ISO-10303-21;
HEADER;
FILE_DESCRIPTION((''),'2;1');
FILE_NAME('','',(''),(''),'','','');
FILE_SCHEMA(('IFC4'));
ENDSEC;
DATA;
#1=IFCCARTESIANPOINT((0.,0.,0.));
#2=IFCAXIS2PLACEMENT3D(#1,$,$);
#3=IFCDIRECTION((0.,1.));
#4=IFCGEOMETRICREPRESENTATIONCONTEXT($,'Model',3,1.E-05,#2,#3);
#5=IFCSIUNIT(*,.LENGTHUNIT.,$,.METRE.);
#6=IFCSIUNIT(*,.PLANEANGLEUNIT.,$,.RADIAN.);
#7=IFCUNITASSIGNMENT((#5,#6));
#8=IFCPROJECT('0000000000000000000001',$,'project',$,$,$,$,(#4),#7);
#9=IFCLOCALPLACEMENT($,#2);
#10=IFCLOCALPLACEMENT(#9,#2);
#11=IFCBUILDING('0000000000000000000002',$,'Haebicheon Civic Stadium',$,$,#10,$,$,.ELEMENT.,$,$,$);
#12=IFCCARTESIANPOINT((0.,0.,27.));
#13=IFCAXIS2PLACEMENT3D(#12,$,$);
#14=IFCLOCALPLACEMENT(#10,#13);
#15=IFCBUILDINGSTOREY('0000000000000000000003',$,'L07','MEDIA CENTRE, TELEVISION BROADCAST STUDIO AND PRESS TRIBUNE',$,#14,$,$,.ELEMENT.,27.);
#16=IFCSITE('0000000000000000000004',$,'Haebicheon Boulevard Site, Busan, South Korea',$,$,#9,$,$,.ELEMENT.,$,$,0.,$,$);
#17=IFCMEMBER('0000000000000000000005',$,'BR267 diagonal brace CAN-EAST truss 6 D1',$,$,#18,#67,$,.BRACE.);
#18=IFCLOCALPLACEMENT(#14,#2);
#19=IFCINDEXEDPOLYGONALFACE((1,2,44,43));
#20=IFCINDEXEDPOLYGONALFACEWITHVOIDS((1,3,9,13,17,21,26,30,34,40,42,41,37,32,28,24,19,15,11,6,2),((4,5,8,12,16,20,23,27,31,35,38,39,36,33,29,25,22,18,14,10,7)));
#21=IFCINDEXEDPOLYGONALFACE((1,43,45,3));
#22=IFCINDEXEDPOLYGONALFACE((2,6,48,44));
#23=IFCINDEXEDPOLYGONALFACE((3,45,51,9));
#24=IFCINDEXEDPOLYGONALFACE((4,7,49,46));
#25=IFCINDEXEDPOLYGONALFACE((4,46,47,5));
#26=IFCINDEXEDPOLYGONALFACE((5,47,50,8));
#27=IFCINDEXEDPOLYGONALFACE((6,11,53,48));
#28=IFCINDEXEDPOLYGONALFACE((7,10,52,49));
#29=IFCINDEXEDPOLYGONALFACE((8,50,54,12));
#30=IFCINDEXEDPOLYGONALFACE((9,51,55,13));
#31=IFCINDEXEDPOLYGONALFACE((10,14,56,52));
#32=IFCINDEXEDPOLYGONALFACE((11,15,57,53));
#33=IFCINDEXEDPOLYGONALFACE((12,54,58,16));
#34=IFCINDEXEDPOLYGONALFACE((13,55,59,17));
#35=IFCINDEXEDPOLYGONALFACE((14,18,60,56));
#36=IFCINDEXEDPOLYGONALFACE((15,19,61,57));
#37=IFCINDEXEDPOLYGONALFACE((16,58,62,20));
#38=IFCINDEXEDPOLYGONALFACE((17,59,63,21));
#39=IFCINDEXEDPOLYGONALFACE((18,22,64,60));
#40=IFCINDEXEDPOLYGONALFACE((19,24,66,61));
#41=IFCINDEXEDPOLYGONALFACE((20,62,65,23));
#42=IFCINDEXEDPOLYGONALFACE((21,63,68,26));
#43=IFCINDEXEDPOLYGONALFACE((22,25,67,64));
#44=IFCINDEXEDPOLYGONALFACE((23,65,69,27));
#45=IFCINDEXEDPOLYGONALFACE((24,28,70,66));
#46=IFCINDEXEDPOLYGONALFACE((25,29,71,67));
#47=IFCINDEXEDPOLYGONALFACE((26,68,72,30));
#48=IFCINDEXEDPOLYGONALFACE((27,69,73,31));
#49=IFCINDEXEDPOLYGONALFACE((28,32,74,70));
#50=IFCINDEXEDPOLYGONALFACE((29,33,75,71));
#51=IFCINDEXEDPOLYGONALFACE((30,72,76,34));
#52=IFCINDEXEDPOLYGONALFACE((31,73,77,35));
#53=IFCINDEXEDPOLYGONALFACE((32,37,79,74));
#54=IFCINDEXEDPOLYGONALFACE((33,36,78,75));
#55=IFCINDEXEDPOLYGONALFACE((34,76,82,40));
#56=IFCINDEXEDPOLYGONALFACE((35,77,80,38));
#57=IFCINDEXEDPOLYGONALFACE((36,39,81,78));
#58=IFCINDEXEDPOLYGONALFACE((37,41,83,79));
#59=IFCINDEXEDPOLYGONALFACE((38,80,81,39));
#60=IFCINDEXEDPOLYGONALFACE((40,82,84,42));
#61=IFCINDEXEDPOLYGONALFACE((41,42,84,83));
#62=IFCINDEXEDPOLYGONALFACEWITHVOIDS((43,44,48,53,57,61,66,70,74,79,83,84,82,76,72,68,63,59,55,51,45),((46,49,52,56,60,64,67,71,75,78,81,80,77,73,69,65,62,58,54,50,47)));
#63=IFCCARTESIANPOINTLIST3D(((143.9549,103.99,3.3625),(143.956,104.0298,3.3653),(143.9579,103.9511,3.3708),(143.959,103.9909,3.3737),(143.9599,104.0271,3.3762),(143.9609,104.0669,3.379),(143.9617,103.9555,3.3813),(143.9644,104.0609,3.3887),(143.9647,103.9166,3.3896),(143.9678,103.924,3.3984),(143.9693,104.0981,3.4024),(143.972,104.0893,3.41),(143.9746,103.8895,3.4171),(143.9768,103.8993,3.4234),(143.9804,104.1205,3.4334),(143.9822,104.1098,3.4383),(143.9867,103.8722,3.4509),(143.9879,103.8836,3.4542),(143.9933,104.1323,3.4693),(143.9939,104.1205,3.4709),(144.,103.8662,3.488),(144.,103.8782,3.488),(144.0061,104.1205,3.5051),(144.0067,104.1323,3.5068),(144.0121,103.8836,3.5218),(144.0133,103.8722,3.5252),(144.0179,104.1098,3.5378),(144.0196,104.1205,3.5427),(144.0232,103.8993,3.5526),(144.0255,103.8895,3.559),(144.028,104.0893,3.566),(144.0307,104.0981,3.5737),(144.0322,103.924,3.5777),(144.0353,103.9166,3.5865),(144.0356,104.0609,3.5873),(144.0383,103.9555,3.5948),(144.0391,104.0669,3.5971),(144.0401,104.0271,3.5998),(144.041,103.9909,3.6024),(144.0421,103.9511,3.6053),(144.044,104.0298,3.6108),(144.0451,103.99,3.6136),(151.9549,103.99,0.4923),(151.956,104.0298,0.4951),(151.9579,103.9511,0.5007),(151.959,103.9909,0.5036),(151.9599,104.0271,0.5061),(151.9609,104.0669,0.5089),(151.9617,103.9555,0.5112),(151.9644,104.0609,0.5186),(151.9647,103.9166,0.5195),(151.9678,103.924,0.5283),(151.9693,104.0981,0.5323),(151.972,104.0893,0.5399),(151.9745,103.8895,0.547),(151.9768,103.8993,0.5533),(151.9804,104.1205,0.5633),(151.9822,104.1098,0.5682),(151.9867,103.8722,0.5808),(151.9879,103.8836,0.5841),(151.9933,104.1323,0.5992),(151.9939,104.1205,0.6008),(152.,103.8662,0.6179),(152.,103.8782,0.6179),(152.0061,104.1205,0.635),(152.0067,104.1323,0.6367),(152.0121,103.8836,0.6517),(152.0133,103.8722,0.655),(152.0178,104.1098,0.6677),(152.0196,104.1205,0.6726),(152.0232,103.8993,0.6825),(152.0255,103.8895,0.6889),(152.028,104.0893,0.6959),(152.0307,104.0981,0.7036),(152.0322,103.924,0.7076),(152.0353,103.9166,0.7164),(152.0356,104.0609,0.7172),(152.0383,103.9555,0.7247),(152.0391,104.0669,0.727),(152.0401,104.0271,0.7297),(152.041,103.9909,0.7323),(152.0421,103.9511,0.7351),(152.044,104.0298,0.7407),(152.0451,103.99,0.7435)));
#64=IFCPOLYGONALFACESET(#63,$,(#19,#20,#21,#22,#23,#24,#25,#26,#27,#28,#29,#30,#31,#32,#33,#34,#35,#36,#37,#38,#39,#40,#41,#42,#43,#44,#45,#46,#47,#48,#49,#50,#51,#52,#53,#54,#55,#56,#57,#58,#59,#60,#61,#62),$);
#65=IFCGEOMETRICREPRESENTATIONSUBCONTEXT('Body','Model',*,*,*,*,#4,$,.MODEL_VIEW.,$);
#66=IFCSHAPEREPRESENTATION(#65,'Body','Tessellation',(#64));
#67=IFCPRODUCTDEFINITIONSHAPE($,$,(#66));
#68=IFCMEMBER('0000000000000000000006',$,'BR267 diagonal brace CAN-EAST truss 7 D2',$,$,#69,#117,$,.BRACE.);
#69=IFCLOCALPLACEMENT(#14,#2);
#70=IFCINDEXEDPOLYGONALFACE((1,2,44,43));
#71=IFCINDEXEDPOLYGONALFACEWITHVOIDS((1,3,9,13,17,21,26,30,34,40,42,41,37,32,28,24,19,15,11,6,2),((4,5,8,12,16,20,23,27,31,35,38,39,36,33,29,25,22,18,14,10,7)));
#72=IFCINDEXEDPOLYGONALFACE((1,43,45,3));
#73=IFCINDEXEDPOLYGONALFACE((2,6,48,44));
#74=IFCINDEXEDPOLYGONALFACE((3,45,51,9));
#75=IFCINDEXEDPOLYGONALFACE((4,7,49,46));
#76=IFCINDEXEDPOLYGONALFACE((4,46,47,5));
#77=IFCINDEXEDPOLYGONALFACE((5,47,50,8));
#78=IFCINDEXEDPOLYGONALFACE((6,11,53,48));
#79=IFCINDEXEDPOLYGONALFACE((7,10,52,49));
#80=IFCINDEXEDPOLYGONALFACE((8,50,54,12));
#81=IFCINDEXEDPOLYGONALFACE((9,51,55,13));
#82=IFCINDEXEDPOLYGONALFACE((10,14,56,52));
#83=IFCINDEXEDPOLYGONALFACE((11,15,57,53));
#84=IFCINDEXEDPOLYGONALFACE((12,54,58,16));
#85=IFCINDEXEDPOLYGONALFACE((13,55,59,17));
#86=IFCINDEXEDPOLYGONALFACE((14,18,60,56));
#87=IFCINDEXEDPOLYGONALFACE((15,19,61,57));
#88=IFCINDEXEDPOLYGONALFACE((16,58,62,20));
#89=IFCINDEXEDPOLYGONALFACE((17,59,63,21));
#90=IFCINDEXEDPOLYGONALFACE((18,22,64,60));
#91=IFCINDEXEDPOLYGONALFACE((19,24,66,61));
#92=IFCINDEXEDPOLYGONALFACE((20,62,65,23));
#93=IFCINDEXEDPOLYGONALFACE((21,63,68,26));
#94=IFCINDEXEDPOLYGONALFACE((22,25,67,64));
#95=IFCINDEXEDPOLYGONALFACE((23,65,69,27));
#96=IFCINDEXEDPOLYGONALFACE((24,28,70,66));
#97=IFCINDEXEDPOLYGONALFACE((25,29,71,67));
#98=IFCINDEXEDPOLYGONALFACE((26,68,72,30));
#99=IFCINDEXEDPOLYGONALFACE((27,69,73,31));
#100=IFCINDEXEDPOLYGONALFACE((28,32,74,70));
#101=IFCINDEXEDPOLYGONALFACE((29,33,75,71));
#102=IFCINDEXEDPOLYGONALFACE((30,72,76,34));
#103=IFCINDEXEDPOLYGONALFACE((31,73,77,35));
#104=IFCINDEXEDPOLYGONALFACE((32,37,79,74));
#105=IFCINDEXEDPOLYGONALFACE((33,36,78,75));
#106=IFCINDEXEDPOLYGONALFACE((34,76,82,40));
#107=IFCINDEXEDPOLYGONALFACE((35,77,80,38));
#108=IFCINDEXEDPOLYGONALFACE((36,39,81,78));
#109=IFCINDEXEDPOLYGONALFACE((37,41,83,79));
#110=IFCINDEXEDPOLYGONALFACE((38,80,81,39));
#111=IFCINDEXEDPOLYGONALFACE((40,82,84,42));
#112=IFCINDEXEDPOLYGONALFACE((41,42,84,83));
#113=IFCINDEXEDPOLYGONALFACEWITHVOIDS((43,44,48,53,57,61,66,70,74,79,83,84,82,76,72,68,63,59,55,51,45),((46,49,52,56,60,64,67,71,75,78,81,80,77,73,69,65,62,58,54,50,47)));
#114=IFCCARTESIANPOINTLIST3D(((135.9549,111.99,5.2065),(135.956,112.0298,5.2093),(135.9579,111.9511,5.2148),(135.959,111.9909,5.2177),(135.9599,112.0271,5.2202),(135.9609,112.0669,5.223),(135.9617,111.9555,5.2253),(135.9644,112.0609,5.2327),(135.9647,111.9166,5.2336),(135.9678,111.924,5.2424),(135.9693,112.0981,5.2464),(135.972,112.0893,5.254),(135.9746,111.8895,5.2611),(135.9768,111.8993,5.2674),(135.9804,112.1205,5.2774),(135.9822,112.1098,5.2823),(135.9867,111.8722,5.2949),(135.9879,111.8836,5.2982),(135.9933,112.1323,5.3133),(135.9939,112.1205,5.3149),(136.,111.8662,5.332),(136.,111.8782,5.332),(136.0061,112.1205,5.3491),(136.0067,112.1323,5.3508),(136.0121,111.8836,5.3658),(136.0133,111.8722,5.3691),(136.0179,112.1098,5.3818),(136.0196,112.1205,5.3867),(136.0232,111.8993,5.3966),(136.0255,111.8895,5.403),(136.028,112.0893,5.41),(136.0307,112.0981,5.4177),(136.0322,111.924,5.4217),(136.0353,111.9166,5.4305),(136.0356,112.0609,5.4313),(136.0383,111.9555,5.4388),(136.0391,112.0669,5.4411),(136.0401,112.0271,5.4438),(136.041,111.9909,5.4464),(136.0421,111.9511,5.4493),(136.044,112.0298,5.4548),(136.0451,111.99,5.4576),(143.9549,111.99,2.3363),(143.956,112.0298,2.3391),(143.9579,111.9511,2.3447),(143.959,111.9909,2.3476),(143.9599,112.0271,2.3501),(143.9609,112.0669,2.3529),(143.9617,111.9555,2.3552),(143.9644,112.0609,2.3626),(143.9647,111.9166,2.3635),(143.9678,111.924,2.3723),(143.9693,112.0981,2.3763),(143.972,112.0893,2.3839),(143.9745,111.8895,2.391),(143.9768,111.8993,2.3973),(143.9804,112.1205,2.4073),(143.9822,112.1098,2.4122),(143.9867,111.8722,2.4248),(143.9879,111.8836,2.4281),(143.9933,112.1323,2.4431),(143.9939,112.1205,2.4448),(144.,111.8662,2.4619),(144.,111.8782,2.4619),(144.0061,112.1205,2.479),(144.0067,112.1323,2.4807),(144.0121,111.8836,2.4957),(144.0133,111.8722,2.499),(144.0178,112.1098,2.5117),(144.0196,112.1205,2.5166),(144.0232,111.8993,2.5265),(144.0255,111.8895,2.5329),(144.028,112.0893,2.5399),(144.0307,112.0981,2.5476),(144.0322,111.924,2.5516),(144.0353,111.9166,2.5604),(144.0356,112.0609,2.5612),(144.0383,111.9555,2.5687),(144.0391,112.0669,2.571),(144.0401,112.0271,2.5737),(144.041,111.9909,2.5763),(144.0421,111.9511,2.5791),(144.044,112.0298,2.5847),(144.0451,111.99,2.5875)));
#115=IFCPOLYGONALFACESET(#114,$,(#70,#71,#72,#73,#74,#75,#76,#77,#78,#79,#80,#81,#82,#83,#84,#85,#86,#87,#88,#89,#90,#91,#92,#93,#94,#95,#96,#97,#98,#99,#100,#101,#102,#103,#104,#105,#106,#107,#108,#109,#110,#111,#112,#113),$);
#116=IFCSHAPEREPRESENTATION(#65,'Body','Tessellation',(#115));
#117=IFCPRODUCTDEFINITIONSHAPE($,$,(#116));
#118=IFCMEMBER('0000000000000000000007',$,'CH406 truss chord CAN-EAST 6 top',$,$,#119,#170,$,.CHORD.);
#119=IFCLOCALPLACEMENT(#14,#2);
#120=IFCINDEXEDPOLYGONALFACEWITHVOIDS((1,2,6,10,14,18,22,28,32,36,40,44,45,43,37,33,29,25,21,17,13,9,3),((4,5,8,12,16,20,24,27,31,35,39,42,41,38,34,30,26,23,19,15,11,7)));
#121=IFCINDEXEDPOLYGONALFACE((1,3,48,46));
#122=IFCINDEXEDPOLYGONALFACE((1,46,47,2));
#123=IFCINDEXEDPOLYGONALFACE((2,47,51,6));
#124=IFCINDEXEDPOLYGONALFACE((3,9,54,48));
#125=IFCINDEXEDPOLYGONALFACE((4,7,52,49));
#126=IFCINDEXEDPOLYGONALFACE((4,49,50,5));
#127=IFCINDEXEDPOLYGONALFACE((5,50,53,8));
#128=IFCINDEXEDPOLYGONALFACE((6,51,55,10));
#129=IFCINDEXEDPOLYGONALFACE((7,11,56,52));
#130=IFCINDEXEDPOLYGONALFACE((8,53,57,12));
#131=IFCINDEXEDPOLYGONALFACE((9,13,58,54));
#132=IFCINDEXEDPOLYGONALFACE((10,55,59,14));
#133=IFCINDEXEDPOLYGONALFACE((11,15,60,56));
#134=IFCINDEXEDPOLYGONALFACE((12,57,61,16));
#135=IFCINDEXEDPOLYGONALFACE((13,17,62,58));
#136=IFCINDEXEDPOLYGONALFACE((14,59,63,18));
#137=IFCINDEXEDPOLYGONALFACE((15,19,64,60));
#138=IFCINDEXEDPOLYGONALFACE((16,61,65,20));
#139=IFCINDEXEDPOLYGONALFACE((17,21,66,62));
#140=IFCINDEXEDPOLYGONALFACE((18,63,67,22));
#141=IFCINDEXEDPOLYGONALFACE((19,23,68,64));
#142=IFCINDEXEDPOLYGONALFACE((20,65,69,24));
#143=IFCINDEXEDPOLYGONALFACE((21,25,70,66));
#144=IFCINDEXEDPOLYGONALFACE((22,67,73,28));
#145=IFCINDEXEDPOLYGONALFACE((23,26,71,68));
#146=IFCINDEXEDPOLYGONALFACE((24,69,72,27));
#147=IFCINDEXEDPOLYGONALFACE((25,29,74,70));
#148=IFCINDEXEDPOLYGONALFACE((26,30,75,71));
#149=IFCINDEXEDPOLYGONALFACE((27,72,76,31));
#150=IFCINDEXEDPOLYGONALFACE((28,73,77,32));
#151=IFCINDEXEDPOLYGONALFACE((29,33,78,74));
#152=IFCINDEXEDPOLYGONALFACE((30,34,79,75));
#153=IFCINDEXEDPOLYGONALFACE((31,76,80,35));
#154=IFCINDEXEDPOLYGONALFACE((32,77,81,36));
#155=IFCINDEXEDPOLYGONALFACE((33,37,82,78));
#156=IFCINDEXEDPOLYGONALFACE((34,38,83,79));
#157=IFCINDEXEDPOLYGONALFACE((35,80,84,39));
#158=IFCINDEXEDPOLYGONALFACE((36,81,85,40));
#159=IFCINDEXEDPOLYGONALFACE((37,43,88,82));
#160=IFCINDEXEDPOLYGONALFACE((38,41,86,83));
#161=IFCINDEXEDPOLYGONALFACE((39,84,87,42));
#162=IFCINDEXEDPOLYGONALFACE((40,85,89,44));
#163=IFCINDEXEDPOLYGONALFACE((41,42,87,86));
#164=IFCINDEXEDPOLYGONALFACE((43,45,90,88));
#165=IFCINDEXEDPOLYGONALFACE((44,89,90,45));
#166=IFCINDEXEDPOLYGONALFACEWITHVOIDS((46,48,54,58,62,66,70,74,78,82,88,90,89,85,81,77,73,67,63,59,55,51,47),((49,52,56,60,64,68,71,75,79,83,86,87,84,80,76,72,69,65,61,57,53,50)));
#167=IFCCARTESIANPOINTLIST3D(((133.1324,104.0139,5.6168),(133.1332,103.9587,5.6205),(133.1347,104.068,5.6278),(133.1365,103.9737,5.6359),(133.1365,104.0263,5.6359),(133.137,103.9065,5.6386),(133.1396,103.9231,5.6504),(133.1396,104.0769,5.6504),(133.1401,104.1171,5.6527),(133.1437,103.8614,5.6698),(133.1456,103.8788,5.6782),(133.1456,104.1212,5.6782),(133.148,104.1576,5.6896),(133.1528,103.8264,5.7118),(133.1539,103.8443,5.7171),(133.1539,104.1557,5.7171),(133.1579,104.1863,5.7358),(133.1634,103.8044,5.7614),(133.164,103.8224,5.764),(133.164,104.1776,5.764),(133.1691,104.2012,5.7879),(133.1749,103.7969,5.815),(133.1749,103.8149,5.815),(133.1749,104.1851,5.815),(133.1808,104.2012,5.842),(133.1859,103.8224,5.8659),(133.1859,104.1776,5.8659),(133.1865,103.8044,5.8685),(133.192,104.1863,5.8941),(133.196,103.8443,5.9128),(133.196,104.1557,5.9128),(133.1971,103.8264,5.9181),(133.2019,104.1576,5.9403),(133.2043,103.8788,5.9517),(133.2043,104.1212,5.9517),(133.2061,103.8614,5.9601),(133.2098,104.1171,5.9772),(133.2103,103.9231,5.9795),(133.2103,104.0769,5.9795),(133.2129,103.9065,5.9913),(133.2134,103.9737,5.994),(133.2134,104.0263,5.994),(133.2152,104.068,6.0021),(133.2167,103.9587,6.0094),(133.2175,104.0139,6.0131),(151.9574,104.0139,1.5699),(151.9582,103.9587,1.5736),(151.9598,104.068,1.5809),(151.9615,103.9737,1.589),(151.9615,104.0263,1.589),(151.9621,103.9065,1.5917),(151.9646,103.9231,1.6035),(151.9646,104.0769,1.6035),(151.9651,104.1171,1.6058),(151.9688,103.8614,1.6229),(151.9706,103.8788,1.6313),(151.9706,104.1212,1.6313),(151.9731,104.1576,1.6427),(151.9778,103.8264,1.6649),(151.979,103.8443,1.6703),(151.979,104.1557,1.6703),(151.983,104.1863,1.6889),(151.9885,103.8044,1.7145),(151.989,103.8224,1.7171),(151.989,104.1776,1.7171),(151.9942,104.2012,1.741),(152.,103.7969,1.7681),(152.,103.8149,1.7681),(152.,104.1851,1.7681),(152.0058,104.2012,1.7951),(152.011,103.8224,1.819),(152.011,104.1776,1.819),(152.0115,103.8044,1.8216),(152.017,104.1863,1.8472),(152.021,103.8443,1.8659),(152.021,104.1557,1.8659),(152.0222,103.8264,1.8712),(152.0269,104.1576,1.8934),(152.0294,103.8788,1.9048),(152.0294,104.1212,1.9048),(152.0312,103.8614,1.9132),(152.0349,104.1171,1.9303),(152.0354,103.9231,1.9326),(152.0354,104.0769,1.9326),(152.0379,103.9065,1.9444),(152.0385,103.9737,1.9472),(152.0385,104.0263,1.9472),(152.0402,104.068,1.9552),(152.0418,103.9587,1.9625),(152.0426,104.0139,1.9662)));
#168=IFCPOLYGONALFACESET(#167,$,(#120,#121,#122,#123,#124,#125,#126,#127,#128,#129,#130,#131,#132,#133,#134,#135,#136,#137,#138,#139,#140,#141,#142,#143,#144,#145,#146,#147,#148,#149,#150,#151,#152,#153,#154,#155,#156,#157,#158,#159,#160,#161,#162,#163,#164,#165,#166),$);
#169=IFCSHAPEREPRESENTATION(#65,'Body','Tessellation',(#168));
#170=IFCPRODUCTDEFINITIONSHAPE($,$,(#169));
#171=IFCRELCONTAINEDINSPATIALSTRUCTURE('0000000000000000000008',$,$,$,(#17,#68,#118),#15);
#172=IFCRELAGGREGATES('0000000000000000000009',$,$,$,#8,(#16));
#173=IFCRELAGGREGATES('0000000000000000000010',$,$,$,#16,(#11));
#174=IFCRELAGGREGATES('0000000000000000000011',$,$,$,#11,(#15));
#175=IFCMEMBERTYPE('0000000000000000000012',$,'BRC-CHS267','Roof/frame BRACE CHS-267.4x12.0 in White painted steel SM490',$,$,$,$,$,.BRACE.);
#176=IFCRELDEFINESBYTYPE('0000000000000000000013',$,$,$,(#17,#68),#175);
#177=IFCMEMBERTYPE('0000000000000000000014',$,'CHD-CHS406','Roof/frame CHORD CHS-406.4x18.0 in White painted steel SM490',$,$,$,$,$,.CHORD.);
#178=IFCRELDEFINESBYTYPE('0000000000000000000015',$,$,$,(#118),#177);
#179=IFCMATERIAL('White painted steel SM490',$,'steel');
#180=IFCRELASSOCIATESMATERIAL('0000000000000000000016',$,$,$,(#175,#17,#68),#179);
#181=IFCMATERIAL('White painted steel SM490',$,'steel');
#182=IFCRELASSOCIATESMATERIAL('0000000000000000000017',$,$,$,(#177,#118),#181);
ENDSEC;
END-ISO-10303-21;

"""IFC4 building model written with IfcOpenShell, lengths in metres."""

from ifc_helpers import new_model, si_unit, direction, frame, origin, origin_2d, place, context, subcontext, project, spatial, hollow_circle, extrude, material, material_profile, profile_set, type_object, element, save


model = new_model("IFC4")

# Units and contexts
model_context = context("Model", 3, precision=1e-05, world=origin(), true_north=direction((0.0, 1.0)))
body_context = subcontext(model_context, "Body", "Model", "MODEL_VIEW")
ifc_project = project(units=[si_unit("LENGTHUNIT", "METRE"), si_unit("PLANEANGLEUNIT", "RADIAN")], contexts=[model_context])

# Site, building, storey
site_placement = place(None, origin())
site = spatial("IfcSite", under=ifc_project, at=site_placement, Name="Haebicheon Boulevard Site, Busan, South Korea", CompositionType="ELEMENT", RefElevation=0.0)
building_placement = place(site_placement, origin())
building = spatial("IfcBuilding", under=site, at=building_placement, Name="Haebicheon Civic Stadium", CompositionType="ELEMENT")
storey_placement = place(building_placement, frame((0.0, 0.0, 27.0)))
storey = spatial("IfcBuildingStorey", under=building, at=storey_placement, Name="L07", Description="MEDIA CENTRE, TELEVISION BROADCAST STUDIO AND PRESS TRIBUNE", CompositionType="ELEMENT", Elevation=27.0)

# Members
ifc_material_1 = material(Name="White painted steel SM490", Category="steel")
ifc_material_profile_1 = material_profile(ifc_material_1, hollow_circle(Radius=0.1338, WallThickness=0.012, at=origin_2d()), Name="CHS-267.4x12.0")
ifc_profile_set_1 = profile_set([ifc_material_profile_1], Name="White painted steel SM490")
member_type_1 = type_object("IfcMemberType", Name="BRC-CHS267", Description="Roof/frame BRACE CHS-267.4x12.0 in White painted steel SM490", PredefinedType="BRACE", material=ifc_profile_set_1)
for number, where, z_axis, x_axis, name in (
    (1, (152.0, 104.0, 0.6179), (-0.941257, 0.0, 0.33769), (0.0, -1.0, 0.0), "BR267 diagonal brace CAN-EAST truss 6 D1"),
    (2, (144.0, 112.0, 2.4619), (-0.941257, 0.0, 0.33769), (0.0, -1.0, 0.0), "BR267 diagonal brace CAN-EAST truss 7 D2"),
):
    element("IfcMember", number, at=place(storey_placement, frame(where, z_axis=z_axis, x_axis=x_axis)), inside=storey, type_object=member_type_1, material=ifc_profile_set_1, Name=name, PredefinedType="BRACE", context=body_context, shape_type="SweptSolid", body=[
        extrude(hollow_circle(Radius=0.1338, WallThickness=0.012, at=origin_2d()), origin(), (0.0, 0.0, 1.0), 8.4993),
    ])
ifc_material_2 = material(Name="White painted steel SM490", Category="steel")
ifc_material_profile_2 = material_profile(ifc_material_2, hollow_circle(Radius=0.2031, WallThickness=0.0181, at=origin_2d()), Name="CHS-406.4x18.0")
ifc_profile_set_2 = profile_set([ifc_material_profile_2], Name="White painted steel SM490")
member_type_2 = type_object("IfcMemberType", Name="CHD-CHS406", Description="Roof/frame CHORD CHS-406.4x18.0 in White painted steel SM490", PredefinedType="CHORD", material=ifc_profile_set_2)
member_1_placement = place(storey_placement, frame((152.0, 104.0, 1.7681), z_axis=(-0.977664, 0.0, 0.210172), x_axis=(0.0, -1.0, 0.0)))
element("IfcMember", 3, at=member_1_placement, inside=storey, type_object=member_type_2, material=ifc_profile_set_2, Name="CH406 truss chord CAN-EAST 6 top", PredefinedType="CHORD", context=body_context, shape_type="SweptSolid", body=[
    extrude(hollow_circle(Radius=0.2031, WallThickness=0.0181, at=origin_2d()), origin(), (0.0, 0.0, 1.0), 19.2551),
])

save(model, "model.ifc")
